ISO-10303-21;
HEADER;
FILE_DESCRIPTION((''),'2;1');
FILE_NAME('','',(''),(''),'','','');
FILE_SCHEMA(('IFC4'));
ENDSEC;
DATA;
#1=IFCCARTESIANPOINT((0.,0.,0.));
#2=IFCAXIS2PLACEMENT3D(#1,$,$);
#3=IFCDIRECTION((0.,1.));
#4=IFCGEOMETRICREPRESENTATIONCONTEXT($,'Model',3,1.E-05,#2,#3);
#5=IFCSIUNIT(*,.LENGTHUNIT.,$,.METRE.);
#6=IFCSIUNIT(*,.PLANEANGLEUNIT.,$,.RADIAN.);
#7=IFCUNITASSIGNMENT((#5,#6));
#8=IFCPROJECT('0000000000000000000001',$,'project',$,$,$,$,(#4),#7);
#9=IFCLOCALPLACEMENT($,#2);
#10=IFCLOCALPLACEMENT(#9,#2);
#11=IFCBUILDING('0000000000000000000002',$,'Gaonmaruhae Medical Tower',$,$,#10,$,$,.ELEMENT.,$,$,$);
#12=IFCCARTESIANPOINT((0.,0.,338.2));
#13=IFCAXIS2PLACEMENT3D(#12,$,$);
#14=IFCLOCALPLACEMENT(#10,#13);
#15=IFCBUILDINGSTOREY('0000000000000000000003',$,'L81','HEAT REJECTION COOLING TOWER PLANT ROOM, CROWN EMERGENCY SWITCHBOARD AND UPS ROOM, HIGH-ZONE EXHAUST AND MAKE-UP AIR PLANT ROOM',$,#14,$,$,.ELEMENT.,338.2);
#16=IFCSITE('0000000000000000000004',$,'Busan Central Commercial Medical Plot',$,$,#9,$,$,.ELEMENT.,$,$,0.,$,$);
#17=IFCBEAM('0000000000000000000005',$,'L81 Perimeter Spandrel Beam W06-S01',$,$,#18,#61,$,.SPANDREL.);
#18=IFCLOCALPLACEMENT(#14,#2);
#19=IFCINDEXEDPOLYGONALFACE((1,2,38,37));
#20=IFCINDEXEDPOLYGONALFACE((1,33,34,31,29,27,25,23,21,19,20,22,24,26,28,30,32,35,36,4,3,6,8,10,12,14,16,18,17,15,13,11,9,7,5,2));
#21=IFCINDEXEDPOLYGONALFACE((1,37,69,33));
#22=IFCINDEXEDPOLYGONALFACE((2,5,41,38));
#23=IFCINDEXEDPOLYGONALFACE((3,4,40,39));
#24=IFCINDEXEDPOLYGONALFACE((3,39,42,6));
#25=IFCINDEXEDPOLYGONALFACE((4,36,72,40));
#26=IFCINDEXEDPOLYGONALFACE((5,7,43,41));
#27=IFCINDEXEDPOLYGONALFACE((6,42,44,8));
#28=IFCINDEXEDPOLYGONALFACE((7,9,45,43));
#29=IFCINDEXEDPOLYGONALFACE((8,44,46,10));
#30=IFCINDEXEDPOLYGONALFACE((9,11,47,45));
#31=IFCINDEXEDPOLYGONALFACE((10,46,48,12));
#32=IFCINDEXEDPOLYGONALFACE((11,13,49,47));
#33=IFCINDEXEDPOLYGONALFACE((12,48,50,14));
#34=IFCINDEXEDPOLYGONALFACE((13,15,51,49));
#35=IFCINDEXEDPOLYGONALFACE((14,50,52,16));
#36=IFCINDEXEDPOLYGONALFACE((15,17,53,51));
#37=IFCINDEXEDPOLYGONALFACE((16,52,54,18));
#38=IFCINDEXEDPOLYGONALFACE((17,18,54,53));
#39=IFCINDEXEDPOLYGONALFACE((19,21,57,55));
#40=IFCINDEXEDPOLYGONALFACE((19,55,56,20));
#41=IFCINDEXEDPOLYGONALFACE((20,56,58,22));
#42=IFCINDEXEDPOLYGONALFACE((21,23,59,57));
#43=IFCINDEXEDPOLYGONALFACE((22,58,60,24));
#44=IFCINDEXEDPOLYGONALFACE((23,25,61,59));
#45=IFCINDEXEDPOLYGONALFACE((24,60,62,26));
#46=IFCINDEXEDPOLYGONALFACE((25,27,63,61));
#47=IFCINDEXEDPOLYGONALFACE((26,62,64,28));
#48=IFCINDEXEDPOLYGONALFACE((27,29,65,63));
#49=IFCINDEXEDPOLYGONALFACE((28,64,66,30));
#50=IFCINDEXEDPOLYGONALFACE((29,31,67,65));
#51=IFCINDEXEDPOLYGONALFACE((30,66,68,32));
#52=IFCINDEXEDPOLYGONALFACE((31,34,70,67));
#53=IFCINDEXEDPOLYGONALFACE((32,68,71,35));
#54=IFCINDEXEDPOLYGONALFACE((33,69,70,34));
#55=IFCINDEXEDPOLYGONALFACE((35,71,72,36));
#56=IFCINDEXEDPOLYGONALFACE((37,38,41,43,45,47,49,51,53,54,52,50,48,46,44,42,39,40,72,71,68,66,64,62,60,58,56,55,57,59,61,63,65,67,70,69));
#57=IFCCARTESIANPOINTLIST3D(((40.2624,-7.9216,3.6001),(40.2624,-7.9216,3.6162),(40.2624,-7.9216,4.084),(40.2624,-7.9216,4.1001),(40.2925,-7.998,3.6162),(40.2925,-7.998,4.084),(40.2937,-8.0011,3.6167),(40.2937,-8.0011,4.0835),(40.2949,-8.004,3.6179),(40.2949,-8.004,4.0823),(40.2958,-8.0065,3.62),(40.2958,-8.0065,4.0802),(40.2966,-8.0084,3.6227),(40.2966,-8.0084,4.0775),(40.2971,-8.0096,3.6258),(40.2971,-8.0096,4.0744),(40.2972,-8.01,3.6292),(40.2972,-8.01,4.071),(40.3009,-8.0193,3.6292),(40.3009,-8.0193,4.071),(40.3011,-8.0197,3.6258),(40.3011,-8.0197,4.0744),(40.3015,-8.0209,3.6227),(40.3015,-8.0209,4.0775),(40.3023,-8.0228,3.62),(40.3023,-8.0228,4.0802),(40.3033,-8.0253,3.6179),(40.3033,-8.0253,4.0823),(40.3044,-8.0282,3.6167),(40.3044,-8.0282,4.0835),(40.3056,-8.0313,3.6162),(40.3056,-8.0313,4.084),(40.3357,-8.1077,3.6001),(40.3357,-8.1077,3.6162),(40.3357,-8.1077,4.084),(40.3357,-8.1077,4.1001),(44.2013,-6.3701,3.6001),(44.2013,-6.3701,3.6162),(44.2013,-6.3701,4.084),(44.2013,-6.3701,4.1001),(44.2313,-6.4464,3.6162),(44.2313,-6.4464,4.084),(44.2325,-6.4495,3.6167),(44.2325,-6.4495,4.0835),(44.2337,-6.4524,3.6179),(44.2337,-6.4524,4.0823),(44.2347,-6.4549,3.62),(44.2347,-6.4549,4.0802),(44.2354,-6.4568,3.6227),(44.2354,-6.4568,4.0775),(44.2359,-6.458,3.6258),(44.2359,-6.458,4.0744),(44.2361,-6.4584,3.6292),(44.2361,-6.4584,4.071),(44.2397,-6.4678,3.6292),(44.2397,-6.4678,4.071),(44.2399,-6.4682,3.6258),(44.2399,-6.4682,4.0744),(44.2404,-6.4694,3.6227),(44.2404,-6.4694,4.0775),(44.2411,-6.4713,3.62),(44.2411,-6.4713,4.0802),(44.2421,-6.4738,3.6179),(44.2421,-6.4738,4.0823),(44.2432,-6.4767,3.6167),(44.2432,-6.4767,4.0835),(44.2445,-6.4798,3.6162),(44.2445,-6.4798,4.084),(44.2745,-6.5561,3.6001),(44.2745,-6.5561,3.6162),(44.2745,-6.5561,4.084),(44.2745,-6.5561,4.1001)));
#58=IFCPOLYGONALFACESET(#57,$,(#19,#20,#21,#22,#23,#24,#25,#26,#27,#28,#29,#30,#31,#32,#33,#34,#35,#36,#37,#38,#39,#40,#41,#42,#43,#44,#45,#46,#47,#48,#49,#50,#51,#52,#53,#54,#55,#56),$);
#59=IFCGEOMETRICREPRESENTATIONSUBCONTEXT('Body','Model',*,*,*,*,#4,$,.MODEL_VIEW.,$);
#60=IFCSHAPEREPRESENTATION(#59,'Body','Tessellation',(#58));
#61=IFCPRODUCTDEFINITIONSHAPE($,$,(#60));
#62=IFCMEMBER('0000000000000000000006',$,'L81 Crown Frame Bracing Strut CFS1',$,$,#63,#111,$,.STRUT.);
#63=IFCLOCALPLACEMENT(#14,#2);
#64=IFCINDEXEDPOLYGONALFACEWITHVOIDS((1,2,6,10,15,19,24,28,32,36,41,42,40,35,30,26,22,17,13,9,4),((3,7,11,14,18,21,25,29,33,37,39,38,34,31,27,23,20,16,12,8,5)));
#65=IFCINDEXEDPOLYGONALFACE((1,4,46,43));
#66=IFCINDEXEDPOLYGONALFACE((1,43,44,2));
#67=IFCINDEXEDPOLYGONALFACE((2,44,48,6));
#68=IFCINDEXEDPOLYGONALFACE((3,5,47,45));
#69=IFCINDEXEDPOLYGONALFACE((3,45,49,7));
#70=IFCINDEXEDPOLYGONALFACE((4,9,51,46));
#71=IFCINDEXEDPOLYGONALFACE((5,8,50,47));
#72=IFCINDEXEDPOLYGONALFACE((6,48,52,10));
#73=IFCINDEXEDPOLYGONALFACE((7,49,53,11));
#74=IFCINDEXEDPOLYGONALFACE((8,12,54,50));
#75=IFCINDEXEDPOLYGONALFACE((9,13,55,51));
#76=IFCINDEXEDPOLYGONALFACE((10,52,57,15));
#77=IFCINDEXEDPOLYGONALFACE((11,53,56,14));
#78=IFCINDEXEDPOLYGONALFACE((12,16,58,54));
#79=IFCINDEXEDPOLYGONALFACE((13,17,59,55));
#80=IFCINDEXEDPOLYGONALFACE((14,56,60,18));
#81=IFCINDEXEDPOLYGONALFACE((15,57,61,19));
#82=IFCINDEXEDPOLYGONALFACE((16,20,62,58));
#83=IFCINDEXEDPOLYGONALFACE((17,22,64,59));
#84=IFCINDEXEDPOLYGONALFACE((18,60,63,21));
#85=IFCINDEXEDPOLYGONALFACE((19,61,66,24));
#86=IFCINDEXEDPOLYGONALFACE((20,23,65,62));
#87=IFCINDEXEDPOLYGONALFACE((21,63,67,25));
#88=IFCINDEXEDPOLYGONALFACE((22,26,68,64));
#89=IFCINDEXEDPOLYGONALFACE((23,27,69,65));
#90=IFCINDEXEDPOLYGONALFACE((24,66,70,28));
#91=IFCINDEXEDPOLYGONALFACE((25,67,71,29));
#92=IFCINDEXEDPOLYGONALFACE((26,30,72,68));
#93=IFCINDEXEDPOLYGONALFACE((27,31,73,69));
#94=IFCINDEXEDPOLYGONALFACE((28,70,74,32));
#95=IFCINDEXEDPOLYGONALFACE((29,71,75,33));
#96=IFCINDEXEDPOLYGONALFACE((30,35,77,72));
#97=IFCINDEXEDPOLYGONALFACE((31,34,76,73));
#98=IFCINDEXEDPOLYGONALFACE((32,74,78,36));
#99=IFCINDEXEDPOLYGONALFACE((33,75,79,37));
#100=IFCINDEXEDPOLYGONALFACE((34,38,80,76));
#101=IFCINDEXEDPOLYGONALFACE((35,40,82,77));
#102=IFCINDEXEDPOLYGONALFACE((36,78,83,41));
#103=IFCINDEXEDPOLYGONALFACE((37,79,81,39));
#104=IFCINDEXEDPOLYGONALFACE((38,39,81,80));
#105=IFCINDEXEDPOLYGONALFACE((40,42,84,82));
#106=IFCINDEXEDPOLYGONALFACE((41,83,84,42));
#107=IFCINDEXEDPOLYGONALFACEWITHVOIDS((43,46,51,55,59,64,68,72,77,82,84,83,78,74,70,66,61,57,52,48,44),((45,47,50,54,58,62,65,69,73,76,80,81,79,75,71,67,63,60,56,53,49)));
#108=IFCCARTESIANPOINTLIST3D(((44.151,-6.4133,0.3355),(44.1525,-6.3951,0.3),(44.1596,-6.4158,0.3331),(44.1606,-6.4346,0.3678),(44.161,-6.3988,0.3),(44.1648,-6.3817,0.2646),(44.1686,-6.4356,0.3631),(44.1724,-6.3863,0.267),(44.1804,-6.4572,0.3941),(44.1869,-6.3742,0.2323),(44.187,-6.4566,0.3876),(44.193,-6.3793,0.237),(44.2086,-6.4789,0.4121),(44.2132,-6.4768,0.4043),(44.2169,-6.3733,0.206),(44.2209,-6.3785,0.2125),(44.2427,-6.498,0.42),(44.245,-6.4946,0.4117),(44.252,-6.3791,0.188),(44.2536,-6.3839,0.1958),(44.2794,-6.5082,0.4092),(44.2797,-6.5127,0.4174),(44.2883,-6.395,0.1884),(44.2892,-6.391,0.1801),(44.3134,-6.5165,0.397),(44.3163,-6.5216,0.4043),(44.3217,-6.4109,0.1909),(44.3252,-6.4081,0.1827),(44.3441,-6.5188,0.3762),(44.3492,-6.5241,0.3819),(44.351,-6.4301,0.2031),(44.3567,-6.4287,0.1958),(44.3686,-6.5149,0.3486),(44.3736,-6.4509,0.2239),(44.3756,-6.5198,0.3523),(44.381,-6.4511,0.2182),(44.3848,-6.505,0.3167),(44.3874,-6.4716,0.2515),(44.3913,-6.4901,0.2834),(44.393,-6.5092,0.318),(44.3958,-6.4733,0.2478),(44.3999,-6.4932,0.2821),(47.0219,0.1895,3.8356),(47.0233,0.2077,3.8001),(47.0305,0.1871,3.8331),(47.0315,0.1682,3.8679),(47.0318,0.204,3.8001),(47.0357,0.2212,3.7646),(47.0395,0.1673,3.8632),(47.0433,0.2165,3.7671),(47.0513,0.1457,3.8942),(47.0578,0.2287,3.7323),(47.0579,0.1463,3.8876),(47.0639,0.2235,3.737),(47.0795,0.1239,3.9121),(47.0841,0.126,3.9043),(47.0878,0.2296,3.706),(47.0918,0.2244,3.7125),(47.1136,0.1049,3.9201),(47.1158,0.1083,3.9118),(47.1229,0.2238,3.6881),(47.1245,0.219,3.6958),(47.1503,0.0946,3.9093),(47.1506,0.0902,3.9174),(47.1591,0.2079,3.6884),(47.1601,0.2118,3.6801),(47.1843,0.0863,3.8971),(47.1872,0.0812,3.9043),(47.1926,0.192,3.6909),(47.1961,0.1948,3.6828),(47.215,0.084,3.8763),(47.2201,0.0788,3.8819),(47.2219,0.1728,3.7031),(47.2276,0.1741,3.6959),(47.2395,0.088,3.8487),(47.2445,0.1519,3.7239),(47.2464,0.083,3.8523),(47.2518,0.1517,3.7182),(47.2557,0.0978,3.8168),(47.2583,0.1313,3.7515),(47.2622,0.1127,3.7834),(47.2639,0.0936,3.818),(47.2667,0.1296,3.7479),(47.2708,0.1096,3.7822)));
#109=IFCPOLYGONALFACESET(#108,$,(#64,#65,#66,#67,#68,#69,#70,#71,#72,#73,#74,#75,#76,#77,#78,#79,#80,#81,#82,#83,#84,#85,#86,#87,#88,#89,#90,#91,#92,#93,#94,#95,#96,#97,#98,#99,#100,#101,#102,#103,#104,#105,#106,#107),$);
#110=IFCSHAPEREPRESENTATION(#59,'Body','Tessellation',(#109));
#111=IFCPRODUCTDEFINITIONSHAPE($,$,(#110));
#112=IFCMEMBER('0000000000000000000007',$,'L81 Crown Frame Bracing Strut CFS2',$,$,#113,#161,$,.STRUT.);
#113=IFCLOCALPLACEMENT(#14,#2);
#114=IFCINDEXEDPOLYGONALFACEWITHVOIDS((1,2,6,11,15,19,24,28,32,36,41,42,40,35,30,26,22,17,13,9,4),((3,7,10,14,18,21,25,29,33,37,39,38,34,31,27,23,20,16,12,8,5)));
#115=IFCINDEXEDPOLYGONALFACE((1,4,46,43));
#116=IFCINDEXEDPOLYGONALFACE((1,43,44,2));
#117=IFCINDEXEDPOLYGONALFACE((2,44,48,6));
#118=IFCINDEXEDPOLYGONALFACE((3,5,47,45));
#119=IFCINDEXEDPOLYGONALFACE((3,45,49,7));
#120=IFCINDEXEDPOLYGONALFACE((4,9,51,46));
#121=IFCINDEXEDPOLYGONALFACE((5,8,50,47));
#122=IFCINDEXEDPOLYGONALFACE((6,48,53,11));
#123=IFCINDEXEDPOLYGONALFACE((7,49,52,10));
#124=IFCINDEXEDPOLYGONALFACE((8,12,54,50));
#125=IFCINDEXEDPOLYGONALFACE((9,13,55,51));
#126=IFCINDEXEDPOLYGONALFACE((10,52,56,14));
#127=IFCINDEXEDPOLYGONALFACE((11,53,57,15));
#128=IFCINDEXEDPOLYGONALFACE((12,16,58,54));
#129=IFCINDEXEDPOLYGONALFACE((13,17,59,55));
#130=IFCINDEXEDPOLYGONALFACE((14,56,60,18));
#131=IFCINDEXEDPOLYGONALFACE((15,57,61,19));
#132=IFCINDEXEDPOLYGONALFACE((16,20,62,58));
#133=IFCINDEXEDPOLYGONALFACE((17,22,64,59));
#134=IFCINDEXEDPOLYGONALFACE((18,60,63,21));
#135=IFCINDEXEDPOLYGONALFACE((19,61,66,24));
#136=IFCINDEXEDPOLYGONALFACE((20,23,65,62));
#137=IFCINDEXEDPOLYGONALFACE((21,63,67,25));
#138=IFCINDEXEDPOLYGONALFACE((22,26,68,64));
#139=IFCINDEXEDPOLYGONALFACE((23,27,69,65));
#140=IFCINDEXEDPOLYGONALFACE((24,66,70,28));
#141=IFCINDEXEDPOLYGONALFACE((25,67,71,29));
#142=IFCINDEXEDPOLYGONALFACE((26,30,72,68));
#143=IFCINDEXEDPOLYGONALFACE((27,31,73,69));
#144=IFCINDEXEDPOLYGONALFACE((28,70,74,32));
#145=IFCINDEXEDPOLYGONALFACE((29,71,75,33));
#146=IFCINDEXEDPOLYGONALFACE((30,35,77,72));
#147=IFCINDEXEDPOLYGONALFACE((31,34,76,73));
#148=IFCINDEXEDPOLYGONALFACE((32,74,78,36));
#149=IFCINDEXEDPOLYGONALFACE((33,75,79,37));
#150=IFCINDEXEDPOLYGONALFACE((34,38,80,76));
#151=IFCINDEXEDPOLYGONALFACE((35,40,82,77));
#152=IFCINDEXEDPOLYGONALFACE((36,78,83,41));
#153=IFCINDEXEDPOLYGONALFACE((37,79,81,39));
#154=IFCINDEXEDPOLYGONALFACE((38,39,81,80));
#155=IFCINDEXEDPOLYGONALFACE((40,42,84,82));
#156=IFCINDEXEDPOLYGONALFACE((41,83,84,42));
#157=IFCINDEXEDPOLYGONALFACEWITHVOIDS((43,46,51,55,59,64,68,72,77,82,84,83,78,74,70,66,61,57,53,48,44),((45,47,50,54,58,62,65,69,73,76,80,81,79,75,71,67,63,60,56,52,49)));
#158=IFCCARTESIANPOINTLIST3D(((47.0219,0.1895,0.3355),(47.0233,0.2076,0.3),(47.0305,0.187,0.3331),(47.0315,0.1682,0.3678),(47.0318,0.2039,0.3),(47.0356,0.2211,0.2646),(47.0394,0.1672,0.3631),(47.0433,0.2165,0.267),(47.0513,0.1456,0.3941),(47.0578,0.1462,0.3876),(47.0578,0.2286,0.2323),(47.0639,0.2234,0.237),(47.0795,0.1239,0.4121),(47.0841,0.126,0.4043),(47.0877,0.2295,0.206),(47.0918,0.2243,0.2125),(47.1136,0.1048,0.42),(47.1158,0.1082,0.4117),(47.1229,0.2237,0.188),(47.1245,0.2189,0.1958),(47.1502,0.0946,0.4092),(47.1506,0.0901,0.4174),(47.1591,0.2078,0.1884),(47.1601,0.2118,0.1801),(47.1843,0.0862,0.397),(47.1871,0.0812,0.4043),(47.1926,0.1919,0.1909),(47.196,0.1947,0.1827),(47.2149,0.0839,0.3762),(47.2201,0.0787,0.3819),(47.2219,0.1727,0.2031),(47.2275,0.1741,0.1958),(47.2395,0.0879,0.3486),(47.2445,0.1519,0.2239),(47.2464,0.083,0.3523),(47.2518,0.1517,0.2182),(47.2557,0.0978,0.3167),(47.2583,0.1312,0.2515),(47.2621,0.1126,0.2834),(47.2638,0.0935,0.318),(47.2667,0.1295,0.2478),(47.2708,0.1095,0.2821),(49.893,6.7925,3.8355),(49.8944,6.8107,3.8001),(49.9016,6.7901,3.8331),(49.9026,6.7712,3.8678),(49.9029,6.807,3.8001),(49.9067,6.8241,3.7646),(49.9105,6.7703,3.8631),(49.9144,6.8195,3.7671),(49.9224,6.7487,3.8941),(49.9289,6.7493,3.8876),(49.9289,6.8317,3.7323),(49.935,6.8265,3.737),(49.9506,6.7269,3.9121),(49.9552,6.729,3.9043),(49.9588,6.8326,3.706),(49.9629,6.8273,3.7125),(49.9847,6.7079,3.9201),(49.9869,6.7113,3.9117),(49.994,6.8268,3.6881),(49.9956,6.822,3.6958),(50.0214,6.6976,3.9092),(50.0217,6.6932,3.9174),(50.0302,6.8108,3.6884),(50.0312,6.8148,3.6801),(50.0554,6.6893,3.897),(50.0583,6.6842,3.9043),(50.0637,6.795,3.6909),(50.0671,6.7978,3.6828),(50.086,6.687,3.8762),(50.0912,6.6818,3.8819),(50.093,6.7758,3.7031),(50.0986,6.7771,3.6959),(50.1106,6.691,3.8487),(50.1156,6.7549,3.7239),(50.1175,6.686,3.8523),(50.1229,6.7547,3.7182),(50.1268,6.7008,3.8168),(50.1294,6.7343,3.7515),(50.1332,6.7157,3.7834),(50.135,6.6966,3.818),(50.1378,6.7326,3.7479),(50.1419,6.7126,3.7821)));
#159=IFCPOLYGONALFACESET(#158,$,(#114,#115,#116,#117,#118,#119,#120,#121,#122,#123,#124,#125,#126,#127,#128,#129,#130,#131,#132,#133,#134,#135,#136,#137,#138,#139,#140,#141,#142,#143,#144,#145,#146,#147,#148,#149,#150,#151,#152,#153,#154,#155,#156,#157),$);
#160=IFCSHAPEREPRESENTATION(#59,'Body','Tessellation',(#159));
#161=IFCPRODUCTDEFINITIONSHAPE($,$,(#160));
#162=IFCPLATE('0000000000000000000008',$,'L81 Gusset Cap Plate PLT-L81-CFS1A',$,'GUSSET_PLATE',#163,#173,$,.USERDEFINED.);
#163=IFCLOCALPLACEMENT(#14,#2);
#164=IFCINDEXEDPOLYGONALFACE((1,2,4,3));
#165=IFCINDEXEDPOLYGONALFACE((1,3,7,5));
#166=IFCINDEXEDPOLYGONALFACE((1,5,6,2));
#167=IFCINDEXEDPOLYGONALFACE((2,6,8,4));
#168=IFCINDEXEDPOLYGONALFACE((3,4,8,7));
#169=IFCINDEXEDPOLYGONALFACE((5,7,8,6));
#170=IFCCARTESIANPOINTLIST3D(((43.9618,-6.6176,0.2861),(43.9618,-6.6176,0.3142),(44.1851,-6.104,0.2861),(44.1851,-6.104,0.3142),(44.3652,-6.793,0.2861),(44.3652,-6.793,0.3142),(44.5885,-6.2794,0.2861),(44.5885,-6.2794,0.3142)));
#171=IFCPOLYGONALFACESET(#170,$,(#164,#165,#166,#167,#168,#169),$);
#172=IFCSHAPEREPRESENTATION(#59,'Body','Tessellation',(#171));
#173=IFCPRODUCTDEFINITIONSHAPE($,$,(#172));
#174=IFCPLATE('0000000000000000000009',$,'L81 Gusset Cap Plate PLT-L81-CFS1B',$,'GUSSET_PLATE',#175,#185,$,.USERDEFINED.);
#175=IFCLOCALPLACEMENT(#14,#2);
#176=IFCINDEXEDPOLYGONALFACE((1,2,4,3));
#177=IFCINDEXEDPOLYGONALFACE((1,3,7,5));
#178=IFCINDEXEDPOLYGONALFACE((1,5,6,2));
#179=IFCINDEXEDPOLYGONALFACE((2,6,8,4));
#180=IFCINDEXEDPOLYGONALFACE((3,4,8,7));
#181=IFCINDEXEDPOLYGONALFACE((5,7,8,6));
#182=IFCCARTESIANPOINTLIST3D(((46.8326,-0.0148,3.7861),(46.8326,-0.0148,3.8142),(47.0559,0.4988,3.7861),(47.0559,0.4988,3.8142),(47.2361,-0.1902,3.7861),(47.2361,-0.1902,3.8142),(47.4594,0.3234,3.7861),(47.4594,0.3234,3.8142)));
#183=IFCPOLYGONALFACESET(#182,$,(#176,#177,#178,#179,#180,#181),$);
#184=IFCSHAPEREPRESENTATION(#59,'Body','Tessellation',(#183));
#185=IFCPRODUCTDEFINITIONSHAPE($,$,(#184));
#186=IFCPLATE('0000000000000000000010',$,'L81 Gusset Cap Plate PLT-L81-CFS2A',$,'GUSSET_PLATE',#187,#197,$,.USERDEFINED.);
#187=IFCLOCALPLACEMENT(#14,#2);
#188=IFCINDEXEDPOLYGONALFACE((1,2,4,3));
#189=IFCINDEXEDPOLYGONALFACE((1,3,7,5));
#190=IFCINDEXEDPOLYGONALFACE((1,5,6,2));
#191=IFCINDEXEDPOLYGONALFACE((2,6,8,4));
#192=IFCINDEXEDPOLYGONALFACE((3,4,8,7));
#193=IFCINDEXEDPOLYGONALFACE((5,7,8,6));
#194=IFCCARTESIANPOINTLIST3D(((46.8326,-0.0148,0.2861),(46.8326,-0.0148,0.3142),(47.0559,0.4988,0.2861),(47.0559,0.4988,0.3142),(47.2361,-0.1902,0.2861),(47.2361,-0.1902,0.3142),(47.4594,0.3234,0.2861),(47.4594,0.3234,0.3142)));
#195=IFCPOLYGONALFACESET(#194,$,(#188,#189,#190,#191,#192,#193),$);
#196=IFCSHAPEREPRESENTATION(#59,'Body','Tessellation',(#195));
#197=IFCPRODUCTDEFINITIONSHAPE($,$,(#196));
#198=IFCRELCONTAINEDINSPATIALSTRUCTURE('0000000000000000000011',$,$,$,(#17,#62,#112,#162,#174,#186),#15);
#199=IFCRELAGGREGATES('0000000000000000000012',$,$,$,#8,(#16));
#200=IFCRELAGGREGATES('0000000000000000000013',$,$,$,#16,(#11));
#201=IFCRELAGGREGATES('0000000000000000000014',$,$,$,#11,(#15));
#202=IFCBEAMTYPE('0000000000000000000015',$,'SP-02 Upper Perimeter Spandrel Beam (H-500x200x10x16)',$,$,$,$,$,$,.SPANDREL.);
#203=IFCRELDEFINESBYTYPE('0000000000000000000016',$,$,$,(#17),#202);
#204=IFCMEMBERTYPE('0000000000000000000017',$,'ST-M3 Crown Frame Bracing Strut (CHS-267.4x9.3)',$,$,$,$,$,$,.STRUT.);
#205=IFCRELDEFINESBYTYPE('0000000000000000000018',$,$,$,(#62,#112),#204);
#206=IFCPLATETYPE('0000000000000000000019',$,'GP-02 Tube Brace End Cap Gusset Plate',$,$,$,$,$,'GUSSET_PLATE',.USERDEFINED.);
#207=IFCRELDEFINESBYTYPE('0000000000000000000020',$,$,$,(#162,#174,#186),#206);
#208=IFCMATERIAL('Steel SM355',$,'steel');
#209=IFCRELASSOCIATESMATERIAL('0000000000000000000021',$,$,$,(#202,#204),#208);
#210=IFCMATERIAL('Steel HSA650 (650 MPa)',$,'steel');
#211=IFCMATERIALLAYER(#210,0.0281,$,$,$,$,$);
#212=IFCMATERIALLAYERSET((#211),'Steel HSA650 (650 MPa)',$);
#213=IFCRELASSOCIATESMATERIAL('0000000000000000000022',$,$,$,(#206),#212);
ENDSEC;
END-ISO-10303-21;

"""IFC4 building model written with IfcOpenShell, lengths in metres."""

from ifc_helpers import new_model, si_unit, direction, frame, origin, origin_2d, place, context, subcontext, project, spatial, rectangle, hollow_circle, i_section, extrude, material, layer, layer_set, material_profile, profile_set, type_object, element, save


model = new_model("IFC4")

# Units and contexts
model_context = context("Model", 3, precision=1e-05, world=origin(), true_north=direction((0.0, 1.0)))
body_context = subcontext(model_context, "Body", "Model", "MODEL_VIEW")
ifc_project = project(units=[si_unit("LENGTHUNIT", "METRE"), si_unit("PLANEANGLEUNIT", "RADIAN")], contexts=[model_context])

# Site, building, storey
site_placement = place(None, origin())
site = spatial("IfcSite", under=ifc_project, at=site_placement, Name="Busan Central Commercial Medical Plot", CompositionType="ELEMENT", RefElevation=0.0)
building_placement = place(site_placement, origin())
building = spatial("IfcBuilding", under=site, at=building_placement, Name="Gaonmaruhae Medical Tower", CompositionType="ELEMENT")
storey_placement = place(building_placement, frame((0.0, 0.0, 338.2)))
storey = spatial("IfcBuildingStorey", under=building, at=storey_placement, Name="L81", Description="HEAT REJECTION COOLING TOWER PLANT ROOM, CROWN EMERGENCY SWITCHBOARD AND UPS ROOM, HIGH-ZONE EXHAUST AND MAKE-UP AIR PLANT ROOM", CompositionType="ELEMENT", Elevation=338.2)

# Beam
ifc_material_1 = material(Name="Steel SM355", Category="steel")
ifc_material_profile_1 = material_profile(ifc_material_1, i_section(OverallWidth=0.2, OverallDepth=0.5, WebThickness=0.01, FlangeThickness=0.0161, FilletRadius=0.0129, at=origin_2d()), Name="H-500x200x10x16")
ifc_profile_set_1 = profile_set([ifc_material_profile_1], Name="Steel SM355")
beam_type_1 = type_object("IfcBeamType", Name="SP-02 Upper Perimeter Spandrel Beam (H-500x200x10x16)", PredefinedType="SPANDREL", material=ifc_profile_set_1)
beam_1_placement = place(storey_placement, frame((40.2991, -8.0146, 3.8501), z_axis=(0.930417, 0.366503, 0.0), x_axis=(-0.366503, 0.930417, 0.0)))
element("IfcBeam", 1, at=beam_1_placement, inside=storey, type_object=beam_type_1, Name="L81 Perimeter Spandrel Beam W06-S01", PredefinedType="SPANDREL", context=body_context, shape_type="SweptSolid", body=[
    extrude(i_section(OverallWidth=0.2, OverallDepth=0.5, WebThickness=0.01, FlangeThickness=0.0161, FilletRadius=0.0129, at=origin_2d()), origin(), (0.0, 0.0, 1.0), 4.2334),
])

# Members
ifc_material_profile_2 = material_profile(ifc_material_1, hollow_circle(Radius=0.1338, WallThickness=0.0093, at=origin_2d()), Name="CHS-267.4x9.3")
ifc_profile_set_2 = profile_set([ifc_material_profile_2], Name="Steel SM355")
member_type = type_object("IfcMemberType", Name="ST-M3 Crown Frame Bracing Strut (CHS-267.4x9.3)", PredefinedType="STRUT", material=ifc_profile_set_2)
member_1_placement = place(storey_placement, frame((44.2751, -6.4485, 0.3), z_axis=(0.358608, 0.824778, 0.437198), x_axis=(-0.917066, 0.398735, 0.0)))
element("IfcMember", 2, at=member_1_placement, inside=storey, type_object=member_type, Name="L81 Crown Frame Bracing Strut CFS1", PredefinedType="STRUT", context=body_context, shape_type="SweptSolid", body=[
    extrude(hollow_circle(Radius=0.1338, WallThickness=0.0093, at=origin_2d()), origin(), (0.0, 0.0, 1.0), 8.0056),
])
member_2_placement = place(storey_placement, frame((47.146, 0.1543, 0.3), z_axis=(0.358626, 0.824778, 0.437182), x_axis=(-0.917059, 0.398751, 0.0)))
element("IfcMember", 3, at=member_2_placement, inside=storey, type_object=member_type, Name="L81 Crown Frame Bracing Strut CFS2", PredefinedType="STRUT", context=body_context, shape_type="SweptSolid", body=[
    extrude(hollow_circle(Radius=0.1338, WallThickness=0.0093, at=origin_2d()), origin(), (0.0, 0.0, 1.0), 8.0059),
])

# Plates
ifc_material_2 = material(Name="Steel HSA650 (650 MPa)", Category="steel")
ifc_layer_1 = layer(ifc_material_2, 0.0281)
ifc_layer_set_1 = layer_set([ifc_layer_1], Name="Steel HSA650 (650 MPa)")
plate_type_1 = type_object("IfcPlateType", Name="GP-02 Tube Brace End Cap Gusset Plate", ElementType="GUSSET_PLATE", PredefinedType="USERDEFINED", material=ifc_layer_set_1)
for number, where, z_axis, x_axis, name in (
    (4, (44.2751, -6.4485, 0.2861), (0.0, 0.0, 1.0), (0.398749, 0.91706, 0.0), "L81 Gusset Cap Plate PLT-L81-CFS1A"),
    (5, (47.146, 0.1543, 3.7861), (0.0, 0.0, 1.0), (0.398749, 0.91706, 0.0), "L81 Gusset Cap Plate PLT-L81-CFS1B"),
    (6, (47.146, 0.1543, 0.2861), (0.0, 0.0, 1.0), (0.398749, 0.91706, 0.0), "L81 Gusset Cap Plate PLT-L81-CFS2A"),
):
    element("IfcPlate", number, at=place(storey_placement, frame(where, z_axis=z_axis, x_axis=x_axis)), inside=storey, type_object=plate_type_1, Name=name, ObjectType="GUSSET_PLATE", PredefinedType="USERDEFINED", context=body_context, shape_type="SweptSolid", body=[
        extrude(rectangle(XDim=0.5601, YDim=0.4399, at=origin_2d()), origin(), (0.0, 0.0, 1.0), 0.0281),
    ])

save(model, "model.ifc")
